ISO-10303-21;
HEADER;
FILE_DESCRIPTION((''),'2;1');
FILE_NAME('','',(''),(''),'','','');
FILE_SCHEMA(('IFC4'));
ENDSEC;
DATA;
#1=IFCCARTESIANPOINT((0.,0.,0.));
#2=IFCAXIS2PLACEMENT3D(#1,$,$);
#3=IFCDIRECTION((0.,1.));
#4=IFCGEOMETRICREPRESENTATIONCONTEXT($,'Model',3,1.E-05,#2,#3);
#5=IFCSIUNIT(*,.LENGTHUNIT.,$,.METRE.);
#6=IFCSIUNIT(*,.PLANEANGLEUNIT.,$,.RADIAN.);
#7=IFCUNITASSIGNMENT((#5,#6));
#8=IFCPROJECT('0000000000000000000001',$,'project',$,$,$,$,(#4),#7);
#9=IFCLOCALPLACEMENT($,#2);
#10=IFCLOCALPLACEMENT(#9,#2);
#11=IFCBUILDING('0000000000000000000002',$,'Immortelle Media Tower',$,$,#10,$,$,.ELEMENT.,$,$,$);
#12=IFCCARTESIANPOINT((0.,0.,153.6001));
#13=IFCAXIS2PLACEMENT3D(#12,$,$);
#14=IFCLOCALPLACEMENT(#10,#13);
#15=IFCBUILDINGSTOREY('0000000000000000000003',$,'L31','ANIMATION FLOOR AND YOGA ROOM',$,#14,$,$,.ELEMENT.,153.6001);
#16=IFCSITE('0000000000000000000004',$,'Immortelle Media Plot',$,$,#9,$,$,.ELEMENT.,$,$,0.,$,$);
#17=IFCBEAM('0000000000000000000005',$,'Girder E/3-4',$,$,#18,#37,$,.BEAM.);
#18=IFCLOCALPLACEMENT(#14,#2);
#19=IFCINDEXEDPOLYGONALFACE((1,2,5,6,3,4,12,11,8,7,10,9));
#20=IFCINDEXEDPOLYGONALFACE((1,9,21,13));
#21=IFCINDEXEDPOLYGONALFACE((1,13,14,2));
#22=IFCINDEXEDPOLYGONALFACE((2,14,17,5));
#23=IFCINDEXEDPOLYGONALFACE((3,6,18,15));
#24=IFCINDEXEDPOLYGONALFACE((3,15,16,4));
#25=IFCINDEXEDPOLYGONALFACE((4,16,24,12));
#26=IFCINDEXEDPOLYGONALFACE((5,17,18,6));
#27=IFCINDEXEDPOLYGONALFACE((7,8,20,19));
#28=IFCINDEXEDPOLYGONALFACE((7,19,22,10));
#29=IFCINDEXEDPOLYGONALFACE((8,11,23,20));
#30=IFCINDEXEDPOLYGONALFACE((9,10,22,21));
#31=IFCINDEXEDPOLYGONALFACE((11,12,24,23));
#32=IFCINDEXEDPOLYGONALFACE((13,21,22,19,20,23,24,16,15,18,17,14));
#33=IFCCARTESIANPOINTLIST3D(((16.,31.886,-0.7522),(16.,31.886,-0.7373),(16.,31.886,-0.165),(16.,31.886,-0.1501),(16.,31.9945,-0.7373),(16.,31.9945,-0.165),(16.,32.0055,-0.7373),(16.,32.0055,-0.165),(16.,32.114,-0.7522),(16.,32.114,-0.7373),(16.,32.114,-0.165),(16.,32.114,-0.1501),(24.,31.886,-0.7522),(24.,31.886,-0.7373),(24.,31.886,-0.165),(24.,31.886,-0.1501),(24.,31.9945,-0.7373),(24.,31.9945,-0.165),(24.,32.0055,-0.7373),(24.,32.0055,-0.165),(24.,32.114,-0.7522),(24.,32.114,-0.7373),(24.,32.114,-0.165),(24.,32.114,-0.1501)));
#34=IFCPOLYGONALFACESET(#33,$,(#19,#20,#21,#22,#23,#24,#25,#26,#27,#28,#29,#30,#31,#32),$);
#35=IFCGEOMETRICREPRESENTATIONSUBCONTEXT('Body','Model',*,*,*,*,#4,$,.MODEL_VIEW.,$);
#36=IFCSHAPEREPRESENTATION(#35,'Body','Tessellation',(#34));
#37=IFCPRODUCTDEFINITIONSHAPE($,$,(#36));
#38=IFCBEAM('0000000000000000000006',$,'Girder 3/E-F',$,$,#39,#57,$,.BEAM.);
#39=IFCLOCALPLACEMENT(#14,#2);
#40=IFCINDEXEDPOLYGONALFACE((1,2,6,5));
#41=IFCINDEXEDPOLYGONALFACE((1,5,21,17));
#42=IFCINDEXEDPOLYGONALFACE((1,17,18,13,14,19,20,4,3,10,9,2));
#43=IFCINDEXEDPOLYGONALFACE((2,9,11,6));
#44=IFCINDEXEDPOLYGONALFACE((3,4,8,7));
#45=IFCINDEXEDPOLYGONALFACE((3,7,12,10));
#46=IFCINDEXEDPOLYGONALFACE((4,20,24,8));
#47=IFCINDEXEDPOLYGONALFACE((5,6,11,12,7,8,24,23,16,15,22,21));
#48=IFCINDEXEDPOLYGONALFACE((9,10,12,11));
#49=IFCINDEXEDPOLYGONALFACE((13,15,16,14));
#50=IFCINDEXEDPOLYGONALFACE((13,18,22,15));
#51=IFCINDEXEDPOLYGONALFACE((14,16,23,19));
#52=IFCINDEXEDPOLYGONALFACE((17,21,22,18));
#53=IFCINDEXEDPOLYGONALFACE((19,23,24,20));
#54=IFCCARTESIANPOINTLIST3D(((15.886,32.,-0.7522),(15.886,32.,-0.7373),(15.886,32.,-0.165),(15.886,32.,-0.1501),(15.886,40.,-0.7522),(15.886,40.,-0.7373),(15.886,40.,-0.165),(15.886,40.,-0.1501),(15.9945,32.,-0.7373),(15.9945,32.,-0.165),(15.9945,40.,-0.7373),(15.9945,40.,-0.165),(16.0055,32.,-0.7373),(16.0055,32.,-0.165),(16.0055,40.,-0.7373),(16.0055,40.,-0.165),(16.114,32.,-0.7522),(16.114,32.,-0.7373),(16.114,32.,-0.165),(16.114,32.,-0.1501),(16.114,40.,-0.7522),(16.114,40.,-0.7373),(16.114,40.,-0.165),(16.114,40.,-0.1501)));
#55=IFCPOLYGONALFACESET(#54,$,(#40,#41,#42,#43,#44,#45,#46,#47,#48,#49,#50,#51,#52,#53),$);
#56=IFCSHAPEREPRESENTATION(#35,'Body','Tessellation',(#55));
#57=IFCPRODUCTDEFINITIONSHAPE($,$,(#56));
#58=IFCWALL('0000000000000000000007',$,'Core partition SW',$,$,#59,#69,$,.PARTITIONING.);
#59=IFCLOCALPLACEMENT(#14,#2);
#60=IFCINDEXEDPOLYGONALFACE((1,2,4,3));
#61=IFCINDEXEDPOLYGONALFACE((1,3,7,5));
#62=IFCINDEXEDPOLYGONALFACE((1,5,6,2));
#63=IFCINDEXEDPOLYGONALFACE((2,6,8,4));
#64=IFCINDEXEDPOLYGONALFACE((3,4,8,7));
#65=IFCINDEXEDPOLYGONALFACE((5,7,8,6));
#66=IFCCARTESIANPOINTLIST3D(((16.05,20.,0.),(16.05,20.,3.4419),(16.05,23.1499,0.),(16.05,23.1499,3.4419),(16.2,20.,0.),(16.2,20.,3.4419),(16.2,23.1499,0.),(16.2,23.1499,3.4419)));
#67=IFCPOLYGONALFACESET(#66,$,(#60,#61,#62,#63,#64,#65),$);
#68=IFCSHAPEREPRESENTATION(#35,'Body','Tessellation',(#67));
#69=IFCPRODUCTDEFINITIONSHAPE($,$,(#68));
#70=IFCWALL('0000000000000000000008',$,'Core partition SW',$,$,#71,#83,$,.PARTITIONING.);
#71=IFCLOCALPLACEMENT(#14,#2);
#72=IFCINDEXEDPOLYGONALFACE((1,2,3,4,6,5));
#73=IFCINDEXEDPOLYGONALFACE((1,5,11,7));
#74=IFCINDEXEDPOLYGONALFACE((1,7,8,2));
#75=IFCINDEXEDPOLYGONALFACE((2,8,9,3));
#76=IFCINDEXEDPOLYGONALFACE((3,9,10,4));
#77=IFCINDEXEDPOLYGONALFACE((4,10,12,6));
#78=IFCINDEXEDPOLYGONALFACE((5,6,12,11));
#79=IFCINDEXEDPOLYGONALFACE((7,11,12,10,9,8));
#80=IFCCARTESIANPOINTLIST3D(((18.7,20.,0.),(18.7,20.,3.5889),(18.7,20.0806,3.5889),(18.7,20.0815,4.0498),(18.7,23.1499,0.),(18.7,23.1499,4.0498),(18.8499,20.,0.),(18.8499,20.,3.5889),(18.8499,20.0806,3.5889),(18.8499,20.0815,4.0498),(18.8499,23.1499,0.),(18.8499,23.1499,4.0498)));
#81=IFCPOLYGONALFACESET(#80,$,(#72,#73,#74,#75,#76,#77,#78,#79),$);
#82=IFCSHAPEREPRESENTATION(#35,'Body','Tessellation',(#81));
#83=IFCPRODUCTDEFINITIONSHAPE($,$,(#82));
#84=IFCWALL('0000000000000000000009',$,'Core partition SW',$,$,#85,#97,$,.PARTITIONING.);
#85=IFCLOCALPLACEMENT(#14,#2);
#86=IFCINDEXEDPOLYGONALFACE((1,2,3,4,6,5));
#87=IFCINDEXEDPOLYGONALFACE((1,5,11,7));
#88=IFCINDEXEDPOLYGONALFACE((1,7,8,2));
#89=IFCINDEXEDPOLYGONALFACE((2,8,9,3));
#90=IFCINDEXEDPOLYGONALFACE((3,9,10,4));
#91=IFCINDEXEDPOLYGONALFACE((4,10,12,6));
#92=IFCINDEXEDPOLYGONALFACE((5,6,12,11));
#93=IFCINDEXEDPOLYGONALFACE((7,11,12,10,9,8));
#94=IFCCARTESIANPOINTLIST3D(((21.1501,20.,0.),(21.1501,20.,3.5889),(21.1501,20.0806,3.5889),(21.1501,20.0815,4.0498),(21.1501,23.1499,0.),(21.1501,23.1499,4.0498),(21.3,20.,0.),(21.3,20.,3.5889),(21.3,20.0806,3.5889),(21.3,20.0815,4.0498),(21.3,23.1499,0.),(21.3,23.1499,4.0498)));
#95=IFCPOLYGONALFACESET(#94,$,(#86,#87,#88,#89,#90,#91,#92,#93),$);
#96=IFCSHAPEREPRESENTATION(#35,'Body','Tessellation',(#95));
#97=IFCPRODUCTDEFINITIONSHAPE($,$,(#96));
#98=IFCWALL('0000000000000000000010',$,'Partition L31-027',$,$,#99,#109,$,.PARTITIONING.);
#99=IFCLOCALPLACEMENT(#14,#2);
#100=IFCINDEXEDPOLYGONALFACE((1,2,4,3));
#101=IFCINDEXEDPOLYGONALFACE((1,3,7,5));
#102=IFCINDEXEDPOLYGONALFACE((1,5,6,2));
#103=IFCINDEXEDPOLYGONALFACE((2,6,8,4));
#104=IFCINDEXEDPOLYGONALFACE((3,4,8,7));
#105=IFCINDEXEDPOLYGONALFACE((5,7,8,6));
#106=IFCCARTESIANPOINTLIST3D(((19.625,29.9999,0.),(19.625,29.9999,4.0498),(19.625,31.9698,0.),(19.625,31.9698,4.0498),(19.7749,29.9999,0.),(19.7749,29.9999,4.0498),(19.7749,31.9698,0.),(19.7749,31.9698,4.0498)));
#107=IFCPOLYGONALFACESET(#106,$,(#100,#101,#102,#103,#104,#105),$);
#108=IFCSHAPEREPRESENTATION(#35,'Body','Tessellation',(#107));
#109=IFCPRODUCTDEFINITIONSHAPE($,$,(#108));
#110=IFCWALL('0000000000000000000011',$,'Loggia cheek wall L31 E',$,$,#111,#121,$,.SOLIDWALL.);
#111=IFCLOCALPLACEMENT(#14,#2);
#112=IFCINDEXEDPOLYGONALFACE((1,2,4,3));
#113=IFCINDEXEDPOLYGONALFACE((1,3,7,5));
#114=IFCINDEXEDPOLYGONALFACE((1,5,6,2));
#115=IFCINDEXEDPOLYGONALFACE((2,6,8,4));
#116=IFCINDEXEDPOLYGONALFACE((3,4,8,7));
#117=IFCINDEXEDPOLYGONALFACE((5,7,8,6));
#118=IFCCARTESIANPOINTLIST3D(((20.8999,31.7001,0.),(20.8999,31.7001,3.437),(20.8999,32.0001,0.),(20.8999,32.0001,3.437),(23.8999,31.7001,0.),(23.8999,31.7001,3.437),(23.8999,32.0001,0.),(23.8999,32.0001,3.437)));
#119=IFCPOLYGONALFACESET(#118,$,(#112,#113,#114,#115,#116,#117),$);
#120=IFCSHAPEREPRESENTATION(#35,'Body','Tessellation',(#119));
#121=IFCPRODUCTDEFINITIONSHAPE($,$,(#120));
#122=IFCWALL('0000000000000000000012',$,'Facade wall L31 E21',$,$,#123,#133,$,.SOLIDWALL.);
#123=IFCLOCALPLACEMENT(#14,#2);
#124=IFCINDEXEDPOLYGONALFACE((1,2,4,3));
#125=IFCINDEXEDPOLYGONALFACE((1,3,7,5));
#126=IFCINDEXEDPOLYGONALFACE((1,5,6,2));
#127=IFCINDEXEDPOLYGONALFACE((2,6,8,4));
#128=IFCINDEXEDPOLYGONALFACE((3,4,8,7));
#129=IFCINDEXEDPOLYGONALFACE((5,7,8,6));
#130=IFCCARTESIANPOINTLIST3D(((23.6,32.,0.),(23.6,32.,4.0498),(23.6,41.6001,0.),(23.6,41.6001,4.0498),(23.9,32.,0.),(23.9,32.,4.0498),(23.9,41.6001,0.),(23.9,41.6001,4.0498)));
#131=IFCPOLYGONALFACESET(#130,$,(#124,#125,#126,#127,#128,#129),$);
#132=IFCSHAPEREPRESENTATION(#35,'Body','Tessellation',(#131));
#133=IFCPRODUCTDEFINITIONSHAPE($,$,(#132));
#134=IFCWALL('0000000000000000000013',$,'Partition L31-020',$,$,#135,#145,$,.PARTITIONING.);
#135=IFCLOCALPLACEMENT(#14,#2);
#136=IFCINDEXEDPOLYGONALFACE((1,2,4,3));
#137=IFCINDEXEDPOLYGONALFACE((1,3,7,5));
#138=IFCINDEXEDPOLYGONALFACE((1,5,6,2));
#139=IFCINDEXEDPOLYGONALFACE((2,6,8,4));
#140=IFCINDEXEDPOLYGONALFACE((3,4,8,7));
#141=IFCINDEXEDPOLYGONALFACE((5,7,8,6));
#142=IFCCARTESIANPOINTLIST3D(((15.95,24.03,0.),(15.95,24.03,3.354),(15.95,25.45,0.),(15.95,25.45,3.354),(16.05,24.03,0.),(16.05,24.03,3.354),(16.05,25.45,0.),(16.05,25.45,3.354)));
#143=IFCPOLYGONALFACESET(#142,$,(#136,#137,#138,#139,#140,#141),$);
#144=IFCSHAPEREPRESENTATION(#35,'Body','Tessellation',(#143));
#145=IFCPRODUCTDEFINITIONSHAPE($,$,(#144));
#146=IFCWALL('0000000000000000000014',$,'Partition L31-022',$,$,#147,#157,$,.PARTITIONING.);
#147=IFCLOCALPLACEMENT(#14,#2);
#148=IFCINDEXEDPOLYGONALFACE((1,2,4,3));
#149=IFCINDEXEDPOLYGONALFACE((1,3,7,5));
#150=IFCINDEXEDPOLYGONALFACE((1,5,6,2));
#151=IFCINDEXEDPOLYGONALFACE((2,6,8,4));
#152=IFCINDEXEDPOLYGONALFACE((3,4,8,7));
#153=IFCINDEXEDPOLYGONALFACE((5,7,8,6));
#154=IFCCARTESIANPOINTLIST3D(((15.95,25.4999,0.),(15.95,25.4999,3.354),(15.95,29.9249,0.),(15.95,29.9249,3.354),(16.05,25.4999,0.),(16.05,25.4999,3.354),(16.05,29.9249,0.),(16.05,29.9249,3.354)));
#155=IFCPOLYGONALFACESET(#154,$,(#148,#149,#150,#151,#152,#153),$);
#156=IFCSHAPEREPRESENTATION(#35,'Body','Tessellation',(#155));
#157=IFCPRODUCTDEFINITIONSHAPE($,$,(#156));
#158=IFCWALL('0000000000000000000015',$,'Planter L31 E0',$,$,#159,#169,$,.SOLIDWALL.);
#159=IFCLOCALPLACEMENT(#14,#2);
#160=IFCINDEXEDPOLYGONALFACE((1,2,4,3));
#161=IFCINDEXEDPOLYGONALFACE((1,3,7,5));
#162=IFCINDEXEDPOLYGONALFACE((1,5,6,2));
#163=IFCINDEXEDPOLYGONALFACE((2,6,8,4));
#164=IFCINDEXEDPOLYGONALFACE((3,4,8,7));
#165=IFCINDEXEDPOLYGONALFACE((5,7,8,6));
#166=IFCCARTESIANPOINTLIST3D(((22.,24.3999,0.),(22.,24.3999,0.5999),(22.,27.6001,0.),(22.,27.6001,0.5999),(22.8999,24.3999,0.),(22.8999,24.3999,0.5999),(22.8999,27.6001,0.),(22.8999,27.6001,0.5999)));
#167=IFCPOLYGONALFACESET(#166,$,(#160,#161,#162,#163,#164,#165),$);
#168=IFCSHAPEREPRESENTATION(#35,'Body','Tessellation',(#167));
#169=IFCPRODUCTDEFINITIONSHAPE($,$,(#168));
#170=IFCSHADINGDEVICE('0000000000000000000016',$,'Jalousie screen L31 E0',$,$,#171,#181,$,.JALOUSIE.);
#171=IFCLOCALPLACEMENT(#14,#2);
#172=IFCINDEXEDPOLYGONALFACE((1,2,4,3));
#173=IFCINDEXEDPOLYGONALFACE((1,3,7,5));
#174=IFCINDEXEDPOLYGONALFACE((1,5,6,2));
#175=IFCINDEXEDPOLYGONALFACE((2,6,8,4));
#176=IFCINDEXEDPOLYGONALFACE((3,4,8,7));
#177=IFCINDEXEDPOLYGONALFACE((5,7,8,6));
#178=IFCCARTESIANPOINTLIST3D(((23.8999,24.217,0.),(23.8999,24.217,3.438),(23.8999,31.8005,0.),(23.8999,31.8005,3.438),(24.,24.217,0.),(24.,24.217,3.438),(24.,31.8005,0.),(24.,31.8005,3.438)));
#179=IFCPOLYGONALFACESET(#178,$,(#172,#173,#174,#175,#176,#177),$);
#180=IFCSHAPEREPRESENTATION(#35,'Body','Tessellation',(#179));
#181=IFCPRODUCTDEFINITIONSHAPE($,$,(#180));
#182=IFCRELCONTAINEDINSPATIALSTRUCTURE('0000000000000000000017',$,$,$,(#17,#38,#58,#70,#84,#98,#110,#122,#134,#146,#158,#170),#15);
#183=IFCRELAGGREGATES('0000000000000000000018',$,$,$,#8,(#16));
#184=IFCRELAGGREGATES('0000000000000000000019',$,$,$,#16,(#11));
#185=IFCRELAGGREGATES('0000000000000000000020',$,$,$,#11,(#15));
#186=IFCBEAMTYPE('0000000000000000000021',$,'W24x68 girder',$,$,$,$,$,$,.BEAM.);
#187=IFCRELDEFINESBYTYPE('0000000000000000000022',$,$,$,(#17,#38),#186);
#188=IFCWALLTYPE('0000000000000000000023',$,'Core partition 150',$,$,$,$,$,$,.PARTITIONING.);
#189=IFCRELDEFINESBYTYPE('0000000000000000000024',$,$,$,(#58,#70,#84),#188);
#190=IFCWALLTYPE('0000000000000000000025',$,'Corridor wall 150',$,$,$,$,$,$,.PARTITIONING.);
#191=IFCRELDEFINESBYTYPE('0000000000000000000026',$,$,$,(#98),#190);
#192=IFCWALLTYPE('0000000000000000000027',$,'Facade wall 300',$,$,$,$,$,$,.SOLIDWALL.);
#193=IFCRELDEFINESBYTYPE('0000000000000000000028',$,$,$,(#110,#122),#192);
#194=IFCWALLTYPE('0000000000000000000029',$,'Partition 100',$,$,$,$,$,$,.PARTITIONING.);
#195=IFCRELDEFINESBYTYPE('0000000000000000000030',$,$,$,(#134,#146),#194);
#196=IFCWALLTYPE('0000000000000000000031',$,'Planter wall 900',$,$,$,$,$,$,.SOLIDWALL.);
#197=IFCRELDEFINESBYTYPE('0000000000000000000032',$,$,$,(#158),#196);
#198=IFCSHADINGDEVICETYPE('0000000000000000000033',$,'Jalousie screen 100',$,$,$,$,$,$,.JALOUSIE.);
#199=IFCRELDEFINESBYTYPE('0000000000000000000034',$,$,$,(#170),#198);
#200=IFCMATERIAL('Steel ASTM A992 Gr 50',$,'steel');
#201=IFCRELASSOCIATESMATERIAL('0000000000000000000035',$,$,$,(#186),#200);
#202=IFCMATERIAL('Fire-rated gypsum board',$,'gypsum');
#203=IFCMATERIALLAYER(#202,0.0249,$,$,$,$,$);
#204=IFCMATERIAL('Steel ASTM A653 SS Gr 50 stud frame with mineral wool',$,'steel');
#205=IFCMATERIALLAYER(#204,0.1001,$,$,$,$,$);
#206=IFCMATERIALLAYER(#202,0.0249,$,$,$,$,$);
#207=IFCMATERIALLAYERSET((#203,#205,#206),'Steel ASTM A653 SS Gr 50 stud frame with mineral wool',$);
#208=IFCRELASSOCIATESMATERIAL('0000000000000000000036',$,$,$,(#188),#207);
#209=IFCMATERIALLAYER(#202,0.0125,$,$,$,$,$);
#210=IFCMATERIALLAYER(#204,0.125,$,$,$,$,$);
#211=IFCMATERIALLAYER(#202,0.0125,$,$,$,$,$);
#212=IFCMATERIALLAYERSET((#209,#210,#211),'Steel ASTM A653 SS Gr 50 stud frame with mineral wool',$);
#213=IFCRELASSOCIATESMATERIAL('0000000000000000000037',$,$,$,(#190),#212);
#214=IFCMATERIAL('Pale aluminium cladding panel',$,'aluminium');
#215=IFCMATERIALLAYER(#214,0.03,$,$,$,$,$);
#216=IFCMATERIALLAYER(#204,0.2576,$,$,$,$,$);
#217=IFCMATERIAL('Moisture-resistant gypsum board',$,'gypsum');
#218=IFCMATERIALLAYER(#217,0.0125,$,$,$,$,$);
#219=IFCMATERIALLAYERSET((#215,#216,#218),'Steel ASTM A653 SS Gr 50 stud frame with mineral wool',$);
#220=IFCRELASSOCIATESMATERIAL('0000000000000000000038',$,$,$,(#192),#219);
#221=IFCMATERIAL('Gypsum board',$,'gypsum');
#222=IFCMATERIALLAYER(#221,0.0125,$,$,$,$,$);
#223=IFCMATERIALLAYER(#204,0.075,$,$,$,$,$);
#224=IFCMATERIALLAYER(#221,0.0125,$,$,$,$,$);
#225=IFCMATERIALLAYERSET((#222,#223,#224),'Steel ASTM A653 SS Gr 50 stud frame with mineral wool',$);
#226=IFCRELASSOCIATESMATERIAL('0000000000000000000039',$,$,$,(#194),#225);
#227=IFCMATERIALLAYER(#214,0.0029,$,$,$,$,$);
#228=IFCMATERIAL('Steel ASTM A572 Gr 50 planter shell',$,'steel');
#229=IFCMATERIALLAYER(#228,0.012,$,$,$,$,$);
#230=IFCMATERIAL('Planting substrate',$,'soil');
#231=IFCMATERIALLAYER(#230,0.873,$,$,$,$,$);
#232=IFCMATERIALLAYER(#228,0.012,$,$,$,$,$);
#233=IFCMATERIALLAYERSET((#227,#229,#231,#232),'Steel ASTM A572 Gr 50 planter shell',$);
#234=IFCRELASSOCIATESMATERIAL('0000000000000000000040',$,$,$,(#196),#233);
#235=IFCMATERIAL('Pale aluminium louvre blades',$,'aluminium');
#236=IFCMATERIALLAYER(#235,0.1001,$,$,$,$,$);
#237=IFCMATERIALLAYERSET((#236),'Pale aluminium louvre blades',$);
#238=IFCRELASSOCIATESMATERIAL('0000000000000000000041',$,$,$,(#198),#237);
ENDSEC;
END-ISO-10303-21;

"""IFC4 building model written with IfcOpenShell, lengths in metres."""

from ifc_helpers import new_model, si_unit, direction, frame, frame_2d, origin, origin_2d, place, context, subcontext, project, spatial, polyline, rectangle, i_section, outline, extrude, material, layer, layer_set, material_profile, profile_set, type_object, element, save


model = new_model("IFC4")

# Units and contexts
model_context = context("Model", 3, precision=1e-05, world=origin(), true_north=direction((0.0, 1.0)))
body_context = subcontext(model_context, "Body", "Model", "MODEL_VIEW")
ifc_project = project(units=[si_unit("LENGTHUNIT", "METRE"), si_unit("PLANEANGLEUNIT", "RADIAN")], contexts=[model_context])

# Site, building, storey
site_placement = place(None, origin())
site = spatial("IfcSite", under=ifc_project, at=site_placement, Name="Immortelle Media Plot", CompositionType="ELEMENT", RefElevation=0.0)
building_placement = place(site_placement, origin())
building = spatial("IfcBuilding", under=site, at=building_placement, Name="Immortelle Media Tower", CompositionType="ELEMENT")
storey_placement = place(building_placement, frame((0.0, 0.0, 153.6001)))
storey = spatial("IfcBuildingStorey", under=building, at=storey_placement, Name="L31", Description="ANIMATION FLOOR AND YOGA ROOM", CompositionType="ELEMENT", Elevation=153.6001)

# Shared definitions
ifc_material_1 = material(Name="Steel ASTM A992 Gr 50", Category="steel")

# Beams
ifc_material_profile_1 = material_profile(ifc_material_1, i_section(OverallWidth=0.228, OverallDepth=0.6021, WebThickness=0.011, FlangeThickness=0.0149, at=origin_2d()), Name="W24x68")
ifc_profile_set_1 = profile_set([ifc_material_profile_1], Name="Steel ASTM A992 Gr 50")
beam_type_1 = type_object("IfcBeamType", Name="W24x68 girder", PredefinedType="BEAM", material=ifc_profile_set_1)
for number, where, z_axis, x_axis, name in (
    (1, (16.0, 32.0, -0.4512), (1.0, 0.0, 0.0), (0.0, 1.0, 0.0), "Girder E/3-4"),
    (2, (16.0, 32.0, -0.4512), (0.0, 1.0, 0.0), (-1.0, 0.0, 0.0), "Girder 3/E-F"),
):
    element("IfcBeam", number, at=place(storey_placement, frame(where, z_axis=z_axis, x_axis=x_axis)), inside=storey, type_object=beam_type_1, Name=name, PredefinedType="BEAM", context=body_context, shape_type="SweptSolid", body=[
        extrude(i_section(OverallWidth=0.228, OverallDepth=0.6021, WebThickness=0.011, FlangeThickness=0.0149, at=origin_2d()), origin(), (0.0, 0.0, 1.0), 8.0),
    ])

# Walls
ifc_material_2 = material(Name="Fire-rated gypsum board", Category="gypsum")
ifc_layer_1 = layer(ifc_material_2, 0.0249)
ifc_material_3 = material(Name="Steel ASTM A653 SS Gr 50 stud frame with mineral wool", Category="steel")
ifc_layer_2 = layer(ifc_material_3, 0.1001)
ifc_layer_3 = layer(ifc_material_2, 0.0249)
ifc_layer_set_1 = layer_set([ifc_layer_1, ifc_layer_2, ifc_layer_3], Name="Steel ASTM A653 SS Gr 50 stud frame with mineral wool")
wall_type_1 = type_object("IfcWallType", Name="Core partition 150", PredefinedType="PARTITIONING", material=ifc_layer_set_1)
wall_1_placement = place(storey_placement, frame((16.125, 20.0, 0.0), z_axis=(0.0, 0.0, 1.0), x_axis=(0.0, 1.0, 0.0)))
element("IfcWall", 3, at=wall_1_placement, inside=storey, type_object=wall_type_1, Name="Core partition SW", PredefinedType="PARTITIONING", context=body_context, shape_type="SweptSolid", body=[
    extrude(rectangle(XDim=3.1499, YDim=0.1499, at=frame_2d((1.575, 0.0))), origin(), (0.0, 0.0, 1.0), 3.4419),
])
for number, where, z_axis, x_axis, name in (
    (4, (18.7749, 20.0, 0.0), (0.0, 0.0, 1.0), (0.0, 1.0, 0.0), "Core partition SW"),
    (5, (21.2251, 20.0, 0.0), (0.0, 0.0, 1.0), (0.0, 1.0, 0.0), "Core partition SW"),
):
    element("IfcWall", number, at=place(storey_placement, frame(where, z_axis=z_axis, x_axis=x_axis)), inside=storey, type_object=wall_type_1, Name=name, PredefinedType="PARTITIONING", context=body_context, shape_type="SweptSolid", body=[
        extrude(outline(polyline([(0.0, 0.0), (3.1499, 0.0), (3.1499, 4.0498), (0.0815, 4.0498), (0.0806, 3.5889), (0.0, 3.5889), (0.0, 0.0)])), frame((0.0, 0.075, 0.0), z_axis=(0.0, -1.0, 0.0), x_axis=(1.0, 0.0, 0.0)), (0.0, 0.0, 1.0), 0.1499),
    ])
ifc_layer_4 = layer(ifc_material_2, 0.0125)
ifc_layer_5 = layer(ifc_material_3, 0.125)
ifc_layer_6 = layer(ifc_material_2, 0.0125)
ifc_layer_set_2 = layer_set([ifc_layer_4, ifc_layer_5, ifc_layer_6], Name="Steel ASTM A653 SS Gr 50 stud frame with mineral wool")
wall_type_2 = type_object("IfcWallType", Name="Corridor wall 150", PredefinedType="PARTITIONING", material=ifc_layer_set_2)
wall_2_placement = place(storey_placement, frame((19.7, 30.0, 0.0), z_axis=(0.0, 0.0, 1.0), x_axis=(0.0, 1.0, 0.0)))
element("IfcWall", 6, at=wall_2_placement, inside=storey, type_object=wall_type_2, Name="Partition L31-027", PredefinedType="PARTITIONING", context=body_context, shape_type="SweptSolid", body=[
    extrude(rectangle(XDim=1.97, YDim=0.1499, at=frame_2d((0.9849, 0.0))), origin(), (0.0, 0.0, 1.0), 4.0498),
])

# Shared definitions
ifc_material_4 = material(Name="Pale aluminium cladding panel", Category="aluminium")
ifc_layer_7 = layer(ifc_material_4, 0.03)
ifc_layer_8 = layer(ifc_material_3, 0.2576)
ifc_material_5 = material(Name="Moisture-resistant gypsum board", Category="gypsum")
ifc_layer_9 = layer(ifc_material_5, 0.0125)
ifc_layer_set_3 = layer_set([ifc_layer_7, ifc_layer_8, ifc_layer_9], Name="Steel ASTM A653 SS Gr 50 stud frame with mineral wool")
wall_type_3 = type_object("IfcWallType", Name="Facade wall 300", PredefinedType="SOLIDWALL", material=ifc_layer_set_3)

# Walls
wall_3_placement = place(storey_placement, frame((23.8999, 31.8501, 0.0), z_axis=(0.0, 0.0, 1.0), x_axis=(-1.0, 0.0, 0.0)))
element("IfcWall", 7, at=wall_3_placement, inside=storey, type_object=wall_type_3, Name="Loggia cheek wall L31 E", PredefinedType="SOLIDWALL", context=body_context, shape_type="SweptSolid", body=[
    extrude(rectangle(XDim=3.0, YDim=0.3, at=frame_2d((1.5, 0.0))), origin(), (0.0, 0.0, 1.0), 3.437),
])
wall_4_placement = place(storey_placement, frame((23.75, 32.0, 0.0), z_axis=(0.0, 0.0, 1.0), x_axis=(0.0, 1.0, 0.0)))
element("IfcWall", 8, at=wall_4_placement, inside=storey, type_object=wall_type_3, Name="Facade wall L31 E21", PredefinedType="SOLIDWALL", context=body_context, shape_type="SweptSolid", body=[
    extrude(rectangle(XDim=9.6001, YDim=0.3, at=frame_2d((4.8, 0.0))), origin(), (0.0, 0.0, 1.0), 4.0498),
])
ifc_material_6 = material(Name="Gypsum board", Category="gypsum")
ifc_layer_10 = layer(ifc_material_6, 0.0125)
ifc_layer_11 = layer(ifc_material_3, 0.075)
ifc_layer_12 = layer(ifc_material_6, 0.0125)
ifc_layer_set_4 = layer_set([ifc_layer_10, ifc_layer_11, ifc_layer_12], Name="Steel ASTM A653 SS Gr 50 stud frame with mineral wool")
wall_type_4 = type_object("IfcWallType", Name="Partition 100", PredefinedType="PARTITIONING", material=ifc_layer_set_4)
wall_5_placement = place(storey_placement, frame((16.0, 24.03, 0.0), z_axis=(0.0, 0.0, 1.0), x_axis=(0.0, 1.0, 0.0)))
element("IfcWall", 9, at=wall_5_placement, inside=storey, type_object=wall_type_4, Name="Partition L31-020", PredefinedType="PARTITIONING", context=body_context, shape_type="SweptSolid", body=[
    extrude(rectangle(XDim=1.4199, YDim=0.1001, at=frame_2d((0.71, 0.0))), origin(), (0.0, 0.0, 1.0), 3.354),
])
wall_6_placement = place(storey_placement, frame((16.0, 25.5, 0.0), z_axis=(0.0, 0.0, 1.0), x_axis=(0.0, 1.0, 0.0)))
element("IfcWall", 10, at=wall_6_placement, inside=storey, type_object=wall_type_4, Name="Partition L31-022", PredefinedType="PARTITIONING", context=body_context, shape_type="SweptSolid", body=[
    extrude(rectangle(XDim=4.425, YDim=0.1001, at=frame_2d((2.2124, 0.0))), origin(), (0.0, 0.0, 1.0), 3.354),
])
ifc_layer_13 = layer(ifc_material_4, 0.0029)
ifc_material_7 = material(Name="Steel ASTM A572 Gr 50 planter shell", Category="steel")
ifc_layer_14 = layer(ifc_material_7, 0.012)
ifc_material_8 = material(Name="Planting substrate", Category="soil")
ifc_layer_15 = layer(ifc_material_8, 0.873)
ifc_layer_16 = layer(ifc_material_7, 0.012)
ifc_layer_set_5 = layer_set([ifc_layer_13, ifc_layer_14, ifc_layer_15, ifc_layer_16], Name="Steel ASTM A572 Gr 50 planter shell")
wall_type_5 = type_object("IfcWallType", Name="Planter wall 900", PredefinedType="SOLIDWALL", material=ifc_layer_set_5)
wall_7_placement = place(storey_placement, frame((22.45, 24.3999, 0.0), z_axis=(0.0, 0.0, 1.0), x_axis=(0.0, 1.0, 0.0)))
element("IfcWall", 11, at=wall_7_placement, inside=storey, type_object=wall_type_5, Name="Planter L31 E0", PredefinedType="SOLIDWALL", context=body_context, shape_type="SweptSolid", body=[
    extrude(rectangle(XDim=3.2002, YDim=0.8999, at=frame_2d((1.6001, 0.0))), origin(), (0.0, 0.0, 1.0), 0.5999),
])

# Shading device
ifc_material_9 = material(Name="Pale aluminium louvre blades", Category="aluminium")
ifc_layer_17 = layer(ifc_material_9, 0.1001)
ifc_layer_set_6 = layer_set([ifc_layer_17], Name="Pale aluminium louvre blades")
shading_device_type_1 = type_object("IfcShadingDeviceType", Name="Jalousie screen 100", PredefinedType="JALOUSIE", material=ifc_layer_set_6)
shading_device_1_placement = place(storey_placement, frame((23.95, 28.0088, 0.0), z_axis=(0.0, 0.0, 1.0), x_axis=(0.0, 1.0, 0.0)))
element("IfcShadingDevice", 12, at=shading_device_1_placement, inside=storey, type_object=shading_device_type_1, Name="Jalousie screen L31 E0", PredefinedType="JALOUSIE", context=body_context, shape_type="SweptSolid", body=[
    extrude(rectangle(XDim=7.5835, YDim=0.1001, at=origin_2d()), origin(), (0.0, 0.0, 1.0), 3.438),
])

save(model, "model.ifc")
